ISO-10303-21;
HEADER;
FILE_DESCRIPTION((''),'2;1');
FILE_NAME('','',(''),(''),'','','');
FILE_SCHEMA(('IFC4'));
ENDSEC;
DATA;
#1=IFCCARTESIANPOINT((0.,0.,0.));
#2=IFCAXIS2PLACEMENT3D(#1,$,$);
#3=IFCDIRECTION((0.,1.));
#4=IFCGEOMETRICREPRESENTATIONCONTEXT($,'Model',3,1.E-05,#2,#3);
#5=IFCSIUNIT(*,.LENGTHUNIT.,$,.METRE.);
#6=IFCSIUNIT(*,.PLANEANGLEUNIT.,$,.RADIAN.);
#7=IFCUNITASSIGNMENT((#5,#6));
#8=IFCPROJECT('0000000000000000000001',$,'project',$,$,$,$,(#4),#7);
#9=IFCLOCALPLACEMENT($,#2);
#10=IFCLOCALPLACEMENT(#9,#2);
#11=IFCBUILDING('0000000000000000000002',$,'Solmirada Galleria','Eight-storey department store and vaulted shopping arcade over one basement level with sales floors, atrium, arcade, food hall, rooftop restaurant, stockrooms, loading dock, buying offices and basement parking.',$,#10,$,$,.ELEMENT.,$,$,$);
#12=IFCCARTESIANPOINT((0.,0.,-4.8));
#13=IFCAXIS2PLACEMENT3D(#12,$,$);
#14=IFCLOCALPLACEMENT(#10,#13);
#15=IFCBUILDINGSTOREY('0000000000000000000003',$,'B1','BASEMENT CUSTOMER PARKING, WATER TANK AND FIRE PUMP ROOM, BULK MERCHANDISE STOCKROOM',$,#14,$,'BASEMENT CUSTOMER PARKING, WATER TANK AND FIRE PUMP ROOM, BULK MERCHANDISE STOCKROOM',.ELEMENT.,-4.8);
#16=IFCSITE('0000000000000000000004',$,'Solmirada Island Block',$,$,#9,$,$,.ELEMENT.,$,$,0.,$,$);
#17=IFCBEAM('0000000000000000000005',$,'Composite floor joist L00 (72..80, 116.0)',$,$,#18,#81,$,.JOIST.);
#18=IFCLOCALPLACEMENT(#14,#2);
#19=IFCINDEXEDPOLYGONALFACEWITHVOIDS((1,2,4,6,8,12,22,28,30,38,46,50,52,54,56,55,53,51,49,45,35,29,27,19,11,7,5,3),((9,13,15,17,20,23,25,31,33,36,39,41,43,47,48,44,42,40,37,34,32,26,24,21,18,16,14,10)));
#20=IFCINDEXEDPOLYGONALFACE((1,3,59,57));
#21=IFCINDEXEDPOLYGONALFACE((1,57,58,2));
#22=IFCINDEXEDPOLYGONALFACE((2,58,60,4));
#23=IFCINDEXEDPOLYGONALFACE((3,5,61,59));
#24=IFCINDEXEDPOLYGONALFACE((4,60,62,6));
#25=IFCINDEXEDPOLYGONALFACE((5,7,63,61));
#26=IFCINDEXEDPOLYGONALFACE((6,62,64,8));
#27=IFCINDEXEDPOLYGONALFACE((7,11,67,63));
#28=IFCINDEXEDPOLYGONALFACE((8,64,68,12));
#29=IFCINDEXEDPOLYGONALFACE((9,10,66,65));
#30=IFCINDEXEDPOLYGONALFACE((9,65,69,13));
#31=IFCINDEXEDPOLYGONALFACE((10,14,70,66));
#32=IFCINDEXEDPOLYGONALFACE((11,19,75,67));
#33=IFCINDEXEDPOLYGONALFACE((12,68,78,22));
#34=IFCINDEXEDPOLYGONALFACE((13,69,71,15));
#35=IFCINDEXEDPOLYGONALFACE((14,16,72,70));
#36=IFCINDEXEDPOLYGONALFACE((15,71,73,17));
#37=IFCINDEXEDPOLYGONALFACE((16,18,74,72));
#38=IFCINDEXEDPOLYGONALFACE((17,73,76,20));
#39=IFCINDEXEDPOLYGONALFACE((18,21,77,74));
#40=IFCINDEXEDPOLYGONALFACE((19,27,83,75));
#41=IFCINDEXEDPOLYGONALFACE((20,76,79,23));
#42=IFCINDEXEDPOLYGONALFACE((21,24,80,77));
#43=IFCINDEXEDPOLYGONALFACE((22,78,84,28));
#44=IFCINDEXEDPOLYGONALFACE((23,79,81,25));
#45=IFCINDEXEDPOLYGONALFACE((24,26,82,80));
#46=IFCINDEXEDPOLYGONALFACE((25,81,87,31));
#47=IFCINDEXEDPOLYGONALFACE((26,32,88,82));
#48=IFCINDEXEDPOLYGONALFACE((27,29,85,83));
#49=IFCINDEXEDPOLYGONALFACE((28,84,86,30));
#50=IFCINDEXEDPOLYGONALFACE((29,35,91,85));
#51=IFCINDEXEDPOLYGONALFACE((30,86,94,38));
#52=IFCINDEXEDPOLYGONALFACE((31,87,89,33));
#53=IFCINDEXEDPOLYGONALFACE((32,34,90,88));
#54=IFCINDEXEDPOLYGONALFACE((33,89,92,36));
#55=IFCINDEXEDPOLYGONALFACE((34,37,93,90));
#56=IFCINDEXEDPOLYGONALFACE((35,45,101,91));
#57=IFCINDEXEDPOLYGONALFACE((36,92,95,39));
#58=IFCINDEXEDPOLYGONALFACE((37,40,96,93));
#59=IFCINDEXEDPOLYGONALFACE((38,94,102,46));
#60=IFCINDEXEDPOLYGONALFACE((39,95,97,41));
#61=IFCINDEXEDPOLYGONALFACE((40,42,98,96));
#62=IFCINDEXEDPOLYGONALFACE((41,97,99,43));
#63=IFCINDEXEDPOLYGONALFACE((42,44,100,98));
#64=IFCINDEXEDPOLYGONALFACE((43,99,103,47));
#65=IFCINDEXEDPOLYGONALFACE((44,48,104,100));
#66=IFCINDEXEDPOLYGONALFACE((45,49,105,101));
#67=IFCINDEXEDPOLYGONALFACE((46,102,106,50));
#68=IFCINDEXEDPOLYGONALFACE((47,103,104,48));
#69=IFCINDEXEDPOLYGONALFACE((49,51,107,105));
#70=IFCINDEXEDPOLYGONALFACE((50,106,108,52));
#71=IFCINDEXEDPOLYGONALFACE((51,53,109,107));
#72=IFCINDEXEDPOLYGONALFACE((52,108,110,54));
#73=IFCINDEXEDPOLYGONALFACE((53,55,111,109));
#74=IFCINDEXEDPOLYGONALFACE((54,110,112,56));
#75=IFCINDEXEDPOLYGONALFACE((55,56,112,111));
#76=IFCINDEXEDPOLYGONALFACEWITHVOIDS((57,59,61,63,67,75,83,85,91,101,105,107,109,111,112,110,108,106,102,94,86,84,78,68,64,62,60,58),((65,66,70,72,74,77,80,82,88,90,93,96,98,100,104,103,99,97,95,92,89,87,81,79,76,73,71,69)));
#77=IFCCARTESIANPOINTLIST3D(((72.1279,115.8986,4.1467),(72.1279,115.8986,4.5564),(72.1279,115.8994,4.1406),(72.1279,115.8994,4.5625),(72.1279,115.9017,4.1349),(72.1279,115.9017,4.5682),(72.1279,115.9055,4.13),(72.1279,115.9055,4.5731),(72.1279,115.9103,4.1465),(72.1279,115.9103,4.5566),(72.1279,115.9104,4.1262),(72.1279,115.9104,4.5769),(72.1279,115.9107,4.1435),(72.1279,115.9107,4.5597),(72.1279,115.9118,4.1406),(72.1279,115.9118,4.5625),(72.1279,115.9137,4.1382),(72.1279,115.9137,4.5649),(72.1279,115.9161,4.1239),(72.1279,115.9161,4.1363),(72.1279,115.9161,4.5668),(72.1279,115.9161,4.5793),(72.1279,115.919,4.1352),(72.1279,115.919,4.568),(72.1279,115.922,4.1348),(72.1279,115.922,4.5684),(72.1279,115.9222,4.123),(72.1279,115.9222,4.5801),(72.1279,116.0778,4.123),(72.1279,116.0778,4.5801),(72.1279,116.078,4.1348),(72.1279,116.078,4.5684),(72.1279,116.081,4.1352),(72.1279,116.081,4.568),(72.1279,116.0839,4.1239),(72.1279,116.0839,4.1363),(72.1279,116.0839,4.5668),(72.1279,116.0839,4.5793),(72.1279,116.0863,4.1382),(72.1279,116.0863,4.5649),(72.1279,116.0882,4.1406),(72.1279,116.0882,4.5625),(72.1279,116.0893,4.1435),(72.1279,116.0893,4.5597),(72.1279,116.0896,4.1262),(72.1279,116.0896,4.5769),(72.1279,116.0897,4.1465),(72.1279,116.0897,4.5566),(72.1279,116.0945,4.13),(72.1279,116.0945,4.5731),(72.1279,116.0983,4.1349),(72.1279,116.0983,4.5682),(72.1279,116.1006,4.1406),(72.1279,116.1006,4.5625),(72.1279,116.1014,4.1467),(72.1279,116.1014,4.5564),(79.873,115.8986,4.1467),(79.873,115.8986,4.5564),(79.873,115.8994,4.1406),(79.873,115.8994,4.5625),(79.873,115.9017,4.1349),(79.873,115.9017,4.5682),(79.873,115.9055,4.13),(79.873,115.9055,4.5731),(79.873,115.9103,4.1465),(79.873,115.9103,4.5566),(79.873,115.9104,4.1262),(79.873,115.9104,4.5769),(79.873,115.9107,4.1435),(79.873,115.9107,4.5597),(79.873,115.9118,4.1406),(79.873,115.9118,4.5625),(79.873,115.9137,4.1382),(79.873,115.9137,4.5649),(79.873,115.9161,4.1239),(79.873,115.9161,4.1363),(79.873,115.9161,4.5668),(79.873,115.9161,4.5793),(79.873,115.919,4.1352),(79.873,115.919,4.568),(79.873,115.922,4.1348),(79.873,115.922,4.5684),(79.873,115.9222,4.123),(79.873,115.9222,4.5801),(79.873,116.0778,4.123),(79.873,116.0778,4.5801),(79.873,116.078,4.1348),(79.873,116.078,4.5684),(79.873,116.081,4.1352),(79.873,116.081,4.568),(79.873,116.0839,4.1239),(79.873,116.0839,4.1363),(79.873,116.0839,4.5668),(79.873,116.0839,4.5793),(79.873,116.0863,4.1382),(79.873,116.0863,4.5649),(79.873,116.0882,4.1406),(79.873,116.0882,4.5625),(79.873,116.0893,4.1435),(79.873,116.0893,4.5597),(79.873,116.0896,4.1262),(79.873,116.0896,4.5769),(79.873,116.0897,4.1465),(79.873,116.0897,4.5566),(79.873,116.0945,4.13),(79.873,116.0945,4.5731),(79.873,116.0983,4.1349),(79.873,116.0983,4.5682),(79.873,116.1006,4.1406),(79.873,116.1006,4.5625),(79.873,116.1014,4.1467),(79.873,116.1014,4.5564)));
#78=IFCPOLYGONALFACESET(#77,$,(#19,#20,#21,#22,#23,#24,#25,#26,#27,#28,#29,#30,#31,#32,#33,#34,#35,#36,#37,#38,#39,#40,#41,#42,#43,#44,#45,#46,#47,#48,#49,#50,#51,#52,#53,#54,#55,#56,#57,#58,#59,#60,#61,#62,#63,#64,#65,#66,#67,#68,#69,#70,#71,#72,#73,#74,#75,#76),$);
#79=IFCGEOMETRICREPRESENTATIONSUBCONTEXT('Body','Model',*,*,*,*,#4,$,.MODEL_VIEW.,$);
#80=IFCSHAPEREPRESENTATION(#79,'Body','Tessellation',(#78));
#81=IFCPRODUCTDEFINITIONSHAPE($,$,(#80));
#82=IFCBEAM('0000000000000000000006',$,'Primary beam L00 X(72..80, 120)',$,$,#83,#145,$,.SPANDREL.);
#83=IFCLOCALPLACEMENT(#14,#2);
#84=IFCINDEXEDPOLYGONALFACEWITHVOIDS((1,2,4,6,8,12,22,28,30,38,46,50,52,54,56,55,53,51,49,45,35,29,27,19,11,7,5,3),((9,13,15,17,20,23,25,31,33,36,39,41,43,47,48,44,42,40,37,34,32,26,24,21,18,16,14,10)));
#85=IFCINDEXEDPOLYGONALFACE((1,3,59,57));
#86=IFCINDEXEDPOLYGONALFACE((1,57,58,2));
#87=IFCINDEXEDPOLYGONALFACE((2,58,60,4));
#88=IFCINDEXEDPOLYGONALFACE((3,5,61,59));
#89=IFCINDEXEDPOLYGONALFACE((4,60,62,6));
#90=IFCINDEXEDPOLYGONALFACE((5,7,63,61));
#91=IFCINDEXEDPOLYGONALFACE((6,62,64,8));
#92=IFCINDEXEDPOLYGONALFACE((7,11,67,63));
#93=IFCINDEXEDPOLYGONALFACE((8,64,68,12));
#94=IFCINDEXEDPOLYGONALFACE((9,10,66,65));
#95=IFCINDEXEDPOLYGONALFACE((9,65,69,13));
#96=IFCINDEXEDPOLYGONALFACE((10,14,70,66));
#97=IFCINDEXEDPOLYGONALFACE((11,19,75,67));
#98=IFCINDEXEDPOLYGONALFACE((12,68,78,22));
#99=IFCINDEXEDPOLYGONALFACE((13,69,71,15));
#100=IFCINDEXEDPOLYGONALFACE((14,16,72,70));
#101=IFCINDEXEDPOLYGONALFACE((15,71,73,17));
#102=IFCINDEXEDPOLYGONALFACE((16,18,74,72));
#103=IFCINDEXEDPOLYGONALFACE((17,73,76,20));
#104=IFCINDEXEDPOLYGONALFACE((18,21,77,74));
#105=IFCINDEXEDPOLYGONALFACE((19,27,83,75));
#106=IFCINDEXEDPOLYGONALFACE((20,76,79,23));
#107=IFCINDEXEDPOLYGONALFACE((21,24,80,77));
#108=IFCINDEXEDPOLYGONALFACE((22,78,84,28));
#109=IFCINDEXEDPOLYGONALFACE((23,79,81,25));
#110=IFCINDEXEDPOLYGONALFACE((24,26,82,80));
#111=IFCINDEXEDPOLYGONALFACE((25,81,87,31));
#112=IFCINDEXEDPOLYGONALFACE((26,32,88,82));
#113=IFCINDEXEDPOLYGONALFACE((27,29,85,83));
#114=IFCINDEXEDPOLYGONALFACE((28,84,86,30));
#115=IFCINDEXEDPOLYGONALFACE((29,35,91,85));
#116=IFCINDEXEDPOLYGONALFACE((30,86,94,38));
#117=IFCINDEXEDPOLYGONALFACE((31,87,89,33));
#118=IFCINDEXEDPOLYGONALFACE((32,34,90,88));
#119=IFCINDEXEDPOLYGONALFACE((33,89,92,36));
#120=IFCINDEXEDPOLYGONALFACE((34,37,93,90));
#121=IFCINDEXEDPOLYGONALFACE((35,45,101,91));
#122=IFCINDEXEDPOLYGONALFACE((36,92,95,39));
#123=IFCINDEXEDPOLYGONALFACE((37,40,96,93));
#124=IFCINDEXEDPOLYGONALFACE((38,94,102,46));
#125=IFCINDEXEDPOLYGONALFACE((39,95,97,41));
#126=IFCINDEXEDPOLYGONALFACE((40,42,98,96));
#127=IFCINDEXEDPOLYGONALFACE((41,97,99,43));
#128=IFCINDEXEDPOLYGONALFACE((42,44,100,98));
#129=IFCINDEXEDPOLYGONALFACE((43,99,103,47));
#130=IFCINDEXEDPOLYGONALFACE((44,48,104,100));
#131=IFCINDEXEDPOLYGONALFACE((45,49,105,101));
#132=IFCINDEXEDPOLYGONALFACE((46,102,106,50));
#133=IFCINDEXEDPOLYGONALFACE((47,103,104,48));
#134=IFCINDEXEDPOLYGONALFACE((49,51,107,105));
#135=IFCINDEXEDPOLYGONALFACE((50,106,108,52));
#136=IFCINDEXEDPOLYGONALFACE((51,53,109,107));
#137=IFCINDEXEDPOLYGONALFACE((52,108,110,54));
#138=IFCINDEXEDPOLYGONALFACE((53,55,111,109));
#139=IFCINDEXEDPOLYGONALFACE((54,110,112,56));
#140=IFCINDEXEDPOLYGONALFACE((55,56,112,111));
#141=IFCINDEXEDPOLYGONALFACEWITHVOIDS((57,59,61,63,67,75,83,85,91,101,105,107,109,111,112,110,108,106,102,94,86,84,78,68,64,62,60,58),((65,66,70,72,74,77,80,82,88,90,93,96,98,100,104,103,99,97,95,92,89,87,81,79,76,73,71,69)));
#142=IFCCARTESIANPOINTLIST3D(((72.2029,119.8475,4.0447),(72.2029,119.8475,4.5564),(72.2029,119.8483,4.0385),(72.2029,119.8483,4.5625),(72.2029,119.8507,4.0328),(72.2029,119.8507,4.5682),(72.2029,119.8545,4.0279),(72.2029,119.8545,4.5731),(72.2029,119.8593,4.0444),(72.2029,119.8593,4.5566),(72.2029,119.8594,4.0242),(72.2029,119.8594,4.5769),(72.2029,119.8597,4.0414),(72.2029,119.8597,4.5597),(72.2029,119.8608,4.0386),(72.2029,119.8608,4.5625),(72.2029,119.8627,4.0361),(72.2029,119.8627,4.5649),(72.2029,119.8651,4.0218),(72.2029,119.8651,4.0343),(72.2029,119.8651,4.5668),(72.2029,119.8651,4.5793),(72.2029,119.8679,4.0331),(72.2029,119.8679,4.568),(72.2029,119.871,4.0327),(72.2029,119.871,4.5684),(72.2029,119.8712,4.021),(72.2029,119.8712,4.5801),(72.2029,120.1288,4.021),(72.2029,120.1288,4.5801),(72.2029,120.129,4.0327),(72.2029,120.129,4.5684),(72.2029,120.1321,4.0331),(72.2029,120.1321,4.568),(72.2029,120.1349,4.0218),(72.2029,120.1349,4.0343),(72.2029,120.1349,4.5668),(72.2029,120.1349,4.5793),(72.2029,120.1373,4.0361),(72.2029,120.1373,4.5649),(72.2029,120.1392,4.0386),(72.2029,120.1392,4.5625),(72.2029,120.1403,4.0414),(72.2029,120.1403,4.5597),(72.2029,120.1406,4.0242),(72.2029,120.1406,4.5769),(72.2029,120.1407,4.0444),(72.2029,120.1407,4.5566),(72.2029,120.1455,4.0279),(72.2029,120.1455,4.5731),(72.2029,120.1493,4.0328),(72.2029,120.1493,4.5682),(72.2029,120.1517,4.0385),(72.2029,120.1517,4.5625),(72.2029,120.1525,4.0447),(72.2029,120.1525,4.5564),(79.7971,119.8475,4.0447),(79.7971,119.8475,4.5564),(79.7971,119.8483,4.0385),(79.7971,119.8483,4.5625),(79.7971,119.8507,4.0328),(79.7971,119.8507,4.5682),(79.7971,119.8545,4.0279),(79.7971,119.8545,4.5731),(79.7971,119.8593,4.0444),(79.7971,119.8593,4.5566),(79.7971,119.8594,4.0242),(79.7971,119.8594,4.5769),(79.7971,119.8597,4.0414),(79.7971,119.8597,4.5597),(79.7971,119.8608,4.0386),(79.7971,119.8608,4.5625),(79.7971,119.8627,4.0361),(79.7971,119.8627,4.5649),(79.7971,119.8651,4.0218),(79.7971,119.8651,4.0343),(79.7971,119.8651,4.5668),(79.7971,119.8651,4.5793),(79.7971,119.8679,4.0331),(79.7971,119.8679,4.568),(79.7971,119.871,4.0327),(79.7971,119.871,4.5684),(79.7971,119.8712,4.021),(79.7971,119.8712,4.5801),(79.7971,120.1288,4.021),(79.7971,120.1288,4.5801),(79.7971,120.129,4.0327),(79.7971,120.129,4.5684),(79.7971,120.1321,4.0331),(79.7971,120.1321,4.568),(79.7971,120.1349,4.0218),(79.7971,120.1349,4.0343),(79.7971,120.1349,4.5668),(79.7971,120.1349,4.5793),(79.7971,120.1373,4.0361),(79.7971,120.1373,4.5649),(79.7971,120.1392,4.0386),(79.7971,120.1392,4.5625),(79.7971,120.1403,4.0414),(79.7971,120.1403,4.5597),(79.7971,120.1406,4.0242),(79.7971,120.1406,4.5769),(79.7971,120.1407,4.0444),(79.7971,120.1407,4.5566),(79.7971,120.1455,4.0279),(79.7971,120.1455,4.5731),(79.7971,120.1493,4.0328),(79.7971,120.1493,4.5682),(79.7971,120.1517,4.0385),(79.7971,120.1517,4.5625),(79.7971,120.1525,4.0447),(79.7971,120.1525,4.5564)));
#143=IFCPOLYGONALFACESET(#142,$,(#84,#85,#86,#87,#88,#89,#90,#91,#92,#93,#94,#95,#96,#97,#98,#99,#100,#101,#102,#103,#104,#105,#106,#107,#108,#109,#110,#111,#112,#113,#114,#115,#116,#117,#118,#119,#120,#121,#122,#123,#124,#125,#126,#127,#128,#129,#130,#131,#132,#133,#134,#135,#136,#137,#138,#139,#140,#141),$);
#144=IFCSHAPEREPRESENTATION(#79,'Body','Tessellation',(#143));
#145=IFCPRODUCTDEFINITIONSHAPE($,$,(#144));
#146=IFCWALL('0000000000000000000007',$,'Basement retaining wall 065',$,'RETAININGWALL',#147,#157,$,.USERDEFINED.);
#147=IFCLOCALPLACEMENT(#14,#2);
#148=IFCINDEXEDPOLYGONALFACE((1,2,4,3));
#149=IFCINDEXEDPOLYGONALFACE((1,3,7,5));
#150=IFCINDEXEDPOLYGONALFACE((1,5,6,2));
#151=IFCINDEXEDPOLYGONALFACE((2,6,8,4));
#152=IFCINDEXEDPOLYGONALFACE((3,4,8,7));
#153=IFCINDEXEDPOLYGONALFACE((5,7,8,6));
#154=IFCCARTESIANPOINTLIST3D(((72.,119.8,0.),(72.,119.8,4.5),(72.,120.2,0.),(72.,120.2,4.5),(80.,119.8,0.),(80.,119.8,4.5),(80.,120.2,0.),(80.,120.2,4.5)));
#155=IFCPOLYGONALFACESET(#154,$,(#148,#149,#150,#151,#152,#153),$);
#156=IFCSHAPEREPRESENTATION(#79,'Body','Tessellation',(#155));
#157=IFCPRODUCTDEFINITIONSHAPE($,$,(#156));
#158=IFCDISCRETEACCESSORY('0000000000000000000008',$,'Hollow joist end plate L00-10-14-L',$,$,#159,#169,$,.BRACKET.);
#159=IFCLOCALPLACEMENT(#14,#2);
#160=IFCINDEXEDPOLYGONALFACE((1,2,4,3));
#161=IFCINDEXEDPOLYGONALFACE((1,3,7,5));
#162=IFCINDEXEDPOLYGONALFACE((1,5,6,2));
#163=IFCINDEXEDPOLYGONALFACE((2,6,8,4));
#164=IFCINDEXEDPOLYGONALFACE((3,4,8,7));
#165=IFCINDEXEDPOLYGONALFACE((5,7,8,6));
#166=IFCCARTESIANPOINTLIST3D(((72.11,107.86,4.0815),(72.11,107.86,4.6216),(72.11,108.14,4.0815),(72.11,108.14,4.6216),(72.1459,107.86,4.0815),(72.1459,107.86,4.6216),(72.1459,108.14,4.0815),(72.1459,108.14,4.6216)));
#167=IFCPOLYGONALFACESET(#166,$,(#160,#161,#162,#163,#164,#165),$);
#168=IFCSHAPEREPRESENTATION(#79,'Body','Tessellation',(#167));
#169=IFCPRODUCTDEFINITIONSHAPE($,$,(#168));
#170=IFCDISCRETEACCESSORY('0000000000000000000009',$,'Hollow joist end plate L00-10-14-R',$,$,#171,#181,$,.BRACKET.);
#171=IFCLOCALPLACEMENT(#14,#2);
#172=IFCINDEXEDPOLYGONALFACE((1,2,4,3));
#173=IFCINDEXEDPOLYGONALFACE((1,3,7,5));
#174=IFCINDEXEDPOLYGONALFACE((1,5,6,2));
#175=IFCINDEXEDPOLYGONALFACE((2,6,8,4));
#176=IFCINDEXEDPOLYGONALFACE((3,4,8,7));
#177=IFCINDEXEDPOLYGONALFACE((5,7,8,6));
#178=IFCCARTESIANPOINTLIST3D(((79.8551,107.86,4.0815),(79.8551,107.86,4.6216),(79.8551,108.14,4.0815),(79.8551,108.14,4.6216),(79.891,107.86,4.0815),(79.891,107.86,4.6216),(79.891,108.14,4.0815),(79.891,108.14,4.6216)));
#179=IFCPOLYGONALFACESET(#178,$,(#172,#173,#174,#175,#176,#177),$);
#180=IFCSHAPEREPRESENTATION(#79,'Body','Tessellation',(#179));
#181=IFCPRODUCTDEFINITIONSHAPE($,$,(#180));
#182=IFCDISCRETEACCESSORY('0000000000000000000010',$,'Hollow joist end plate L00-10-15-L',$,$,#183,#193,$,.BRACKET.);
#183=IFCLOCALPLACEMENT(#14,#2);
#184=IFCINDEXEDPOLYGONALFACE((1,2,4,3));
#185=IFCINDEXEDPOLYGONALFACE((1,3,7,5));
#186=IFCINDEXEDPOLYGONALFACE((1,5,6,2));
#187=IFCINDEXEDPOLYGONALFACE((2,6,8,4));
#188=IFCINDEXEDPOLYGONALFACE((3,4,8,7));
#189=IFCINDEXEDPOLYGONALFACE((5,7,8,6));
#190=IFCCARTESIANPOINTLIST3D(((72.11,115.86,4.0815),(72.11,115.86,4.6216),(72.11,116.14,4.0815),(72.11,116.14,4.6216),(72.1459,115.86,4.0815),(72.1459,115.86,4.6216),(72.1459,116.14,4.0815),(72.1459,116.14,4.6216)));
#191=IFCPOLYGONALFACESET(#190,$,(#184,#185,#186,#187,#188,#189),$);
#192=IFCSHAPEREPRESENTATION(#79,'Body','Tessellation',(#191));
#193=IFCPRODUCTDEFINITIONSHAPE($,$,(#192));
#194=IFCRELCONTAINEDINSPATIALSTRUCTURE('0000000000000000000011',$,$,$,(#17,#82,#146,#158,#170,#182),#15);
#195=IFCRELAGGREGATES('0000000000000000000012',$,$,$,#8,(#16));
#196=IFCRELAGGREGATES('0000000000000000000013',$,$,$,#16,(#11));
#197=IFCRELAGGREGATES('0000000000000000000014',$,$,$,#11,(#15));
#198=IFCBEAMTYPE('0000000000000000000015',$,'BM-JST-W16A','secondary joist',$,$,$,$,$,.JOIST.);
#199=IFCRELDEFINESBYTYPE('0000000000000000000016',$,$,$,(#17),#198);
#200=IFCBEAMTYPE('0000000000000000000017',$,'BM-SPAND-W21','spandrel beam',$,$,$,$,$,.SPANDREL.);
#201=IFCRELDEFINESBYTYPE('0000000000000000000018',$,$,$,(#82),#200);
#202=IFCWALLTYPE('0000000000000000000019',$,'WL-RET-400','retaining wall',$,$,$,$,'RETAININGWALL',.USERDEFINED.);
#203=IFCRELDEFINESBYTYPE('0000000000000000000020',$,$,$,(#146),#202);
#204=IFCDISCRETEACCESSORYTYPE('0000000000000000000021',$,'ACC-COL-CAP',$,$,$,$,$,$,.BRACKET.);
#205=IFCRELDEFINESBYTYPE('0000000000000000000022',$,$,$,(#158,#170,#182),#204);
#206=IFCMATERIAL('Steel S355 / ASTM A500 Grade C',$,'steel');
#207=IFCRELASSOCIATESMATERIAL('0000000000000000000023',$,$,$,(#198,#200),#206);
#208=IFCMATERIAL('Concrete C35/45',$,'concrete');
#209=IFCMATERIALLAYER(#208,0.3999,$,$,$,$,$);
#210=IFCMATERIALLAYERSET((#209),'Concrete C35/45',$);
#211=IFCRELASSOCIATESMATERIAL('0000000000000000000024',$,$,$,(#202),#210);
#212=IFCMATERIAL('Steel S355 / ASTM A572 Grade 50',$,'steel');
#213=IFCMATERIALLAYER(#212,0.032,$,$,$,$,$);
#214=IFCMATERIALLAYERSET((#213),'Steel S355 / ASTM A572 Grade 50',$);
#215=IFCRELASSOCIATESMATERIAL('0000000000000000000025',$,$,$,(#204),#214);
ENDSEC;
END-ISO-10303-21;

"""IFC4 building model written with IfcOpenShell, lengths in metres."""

from ifc_helpers import new_model, si_unit, direction, frame, frame_2d, origin, origin_2d, place, context, subcontext, project, spatial, rectangle, hollow_rectangle, extrude, material, layer, layer_set, material_profile, profile_set, type_object, element, save


model = new_model("IFC4")

# Units and contexts
model_context = context("Model", 3, precision=1e-05, world=origin(), true_north=direction((0.0, 1.0)))
body_context = subcontext(model_context, "Body", "Model", "MODEL_VIEW")
ifc_project = project(units=[si_unit("LENGTHUNIT", "METRE"), si_unit("PLANEANGLEUNIT", "RADIAN")], contexts=[model_context])

# Site, building, storey
site_placement = place(None, origin())
site = spatial("IfcSite", under=ifc_project, at=site_placement, Name="Solmirada Island Block", CompositionType="ELEMENT", RefElevation=0.0)
building_placement = place(site_placement, origin())
building = spatial("IfcBuilding", under=site, at=building_placement, Name="Solmirada Galleria", Description="Eight-storey department store and vaulted shopping arcade over one basement level with sales floors, atrium, arcade, food hall, rooftop restaurant, stockrooms, loading dock, buying offices and basement parking.", CompositionType="ELEMENT")
storey_placement = place(building_placement, frame((0.0, 0.0, -4.8)))
storey = spatial("IfcBuildingStorey", under=building, at=storey_placement, Name="B1", Description="BASEMENT CUSTOMER PARKING, WATER TANK AND FIRE PUMP ROOM, BULK MERCHANDISE STOCKROOM", LongName="BASEMENT CUSTOMER PARKING, WATER TANK AND FIRE PUMP ROOM, BULK MERCHANDISE STOCKROOM", CompositionType="ELEMENT", Elevation=-4.8)

# Shared definitions
ifc_material_1 = material(Name="Concrete C35/45", Category="concrete")

# Shared definitions
ifc_material_2 = material(Name="Steel S355 / ASTM A500 Grade C", Category="steel")

# Beams
ifc_material_profile_1 = material_profile(ifc_material_2, hollow_rectangle(XDim=0.2029, YDim=0.457, WallThickness=0.0117, InnerFilletRadius=0.0117, OuterFilletRadius=0.0237, at=origin_2d()), Name="HSS18X8X1/2")
ifc_profile_set_1 = profile_set([ifc_material_profile_1], Name="Steel S355 / ASTM A500 Grade C")
beam_type_1 = type_object("IfcBeamType", Name="BM-JST-W16A", Description="secondary joist", PredefinedType="JOIST", material=ifc_profile_set_1)
for number, where, z_axis, x_axis, name in (
    (1, (72.1279, 116.0, 4.3516), (1.0, 0.0, 0.0), (0.0, 1.0, 0.0), "Composite floor joist L00 (72..80, 116.0)"),
):
    element("IfcBeam", number, at=place(storey_placement, frame(where, z_axis=z_axis, x_axis=x_axis)), inside=storey, type_object=beam_type_1, Name=name, PredefinedType="JOIST", context=body_context, shape_type="SweptSolid", body=[
        extrude(hollow_rectangle(XDim=0.2029, YDim=0.457, WallThickness=0.0117, InnerFilletRadius=0.0117, OuterFilletRadius=0.0237, at=origin_2d()), origin(), (0.0, 0.0, 1.0), 7.7451),
    ])
ifc_material_profile_2 = material_profile(ifc_material_2, hollow_rectangle(XDim=0.3049, YDim=0.5591, WallThickness=0.0117, InnerFilletRadius=0.0117, OuterFilletRadius=0.0237, at=origin_2d()), Name="HSS22X12X1/2")
ifc_profile_set_2 = profile_set([ifc_material_profile_2], Name="Steel S355 / ASTM A500 Grade C")
beam_type_2 = type_object("IfcBeamType", Name="BM-SPAND-W21", Description="spandrel beam", PredefinedType="SPANDREL", material=ifc_profile_set_2)
beam_1_placement = place(storey_placement, frame((72.2029, 120.0, 4.3005), z_axis=(1.0, 0.0, 0.0), x_axis=(0.0, 1.0, 0.0)))
element("IfcBeam", 2, at=beam_1_placement, inside=storey, type_object=beam_type_2, Name="Primary beam L00 X(72..80, 120)", PredefinedType="SPANDREL", context=body_context, shape_type="SweptSolid", body=[
    extrude(hollow_rectangle(XDim=0.3049, YDim=0.5591, WallThickness=0.0117, InnerFilletRadius=0.0117, OuterFilletRadius=0.0237, at=origin_2d()), origin(), (0.0, 0.0, 1.0), 7.5942),
])

# Wall
ifc_layer_1 = layer(ifc_material_1, 0.3999)
ifc_layer_set_1 = layer_set([ifc_layer_1], Name="Concrete C35/45")
wall_type = type_object("IfcWallType", Name="WL-RET-400", Description="retaining wall", ElementType="RETAININGWALL", PredefinedType="USERDEFINED", material=ifc_layer_set_1)
wall_placement = place(storey_placement, frame((72.0, 120.0, 0.0), z_axis=(0.0, 0.0, 1.0), x_axis=(1.0, 0.0, 0.0)))
element("IfcWall", 3, at=wall_placement, inside=storey, type_object=wall_type, Name="Basement retaining wall 065", ObjectType="RETAININGWALL", PredefinedType="USERDEFINED", context=body_context, shape_type="SweptSolid", body=[
    extrude(rectangle(XDim=8.0, YDim=0.3999, at=frame_2d((4.0, 0.0))), origin(), (0.0, 0.0, 1.0), 4.5),
])

# Discrete accessories
ifc_material_3 = material(Name="Steel S355 / ASTM A572 Grade 50", Category="steel")
ifc_layer_2 = layer(ifc_material_3, 0.032)
ifc_layer_set_2 = layer_set([ifc_layer_2], Name="Steel S355 / ASTM A572 Grade 50")
discrete_accessory_type = type_object("IfcDiscreteAccessoryType", Name="ACC-COL-CAP", PredefinedType="BRACKET", material=ifc_layer_set_2)
for number, where, z_axis, x_axis, name in (
    (4, (72.1279, 108.0, 4.0815), (0.0, 0.0, 1.0), (1.0, 0.0, 0.0), "Hollow joist end plate L00-10-14-L"),
    (5, (79.873, 108.0, 4.0815), (0.0, 0.0, 1.0), (1.0, 0.0, 0.0), "Hollow joist end plate L00-10-14-R"),
    (6, (72.1279, 116.0, 4.0815), (0.0, 0.0, 1.0), (1.0, 0.0, 0.0), "Hollow joist end plate L00-10-15-L"),
):
    element("IfcDiscreteAccessory", number, at=place(storey_placement, frame(where, z_axis=z_axis, x_axis=x_axis)), inside=storey, type_object=discrete_accessory_type, Name=name, PredefinedType="BRACKET", context=body_context, shape_type="SweptSolid", body=[
        extrude(rectangle(XDim=0.0359, YDim=0.28, at=origin_2d()), origin(), (0.0, 0.0, 1.0), 0.54),
    ])

save(model, "model.ifc")
